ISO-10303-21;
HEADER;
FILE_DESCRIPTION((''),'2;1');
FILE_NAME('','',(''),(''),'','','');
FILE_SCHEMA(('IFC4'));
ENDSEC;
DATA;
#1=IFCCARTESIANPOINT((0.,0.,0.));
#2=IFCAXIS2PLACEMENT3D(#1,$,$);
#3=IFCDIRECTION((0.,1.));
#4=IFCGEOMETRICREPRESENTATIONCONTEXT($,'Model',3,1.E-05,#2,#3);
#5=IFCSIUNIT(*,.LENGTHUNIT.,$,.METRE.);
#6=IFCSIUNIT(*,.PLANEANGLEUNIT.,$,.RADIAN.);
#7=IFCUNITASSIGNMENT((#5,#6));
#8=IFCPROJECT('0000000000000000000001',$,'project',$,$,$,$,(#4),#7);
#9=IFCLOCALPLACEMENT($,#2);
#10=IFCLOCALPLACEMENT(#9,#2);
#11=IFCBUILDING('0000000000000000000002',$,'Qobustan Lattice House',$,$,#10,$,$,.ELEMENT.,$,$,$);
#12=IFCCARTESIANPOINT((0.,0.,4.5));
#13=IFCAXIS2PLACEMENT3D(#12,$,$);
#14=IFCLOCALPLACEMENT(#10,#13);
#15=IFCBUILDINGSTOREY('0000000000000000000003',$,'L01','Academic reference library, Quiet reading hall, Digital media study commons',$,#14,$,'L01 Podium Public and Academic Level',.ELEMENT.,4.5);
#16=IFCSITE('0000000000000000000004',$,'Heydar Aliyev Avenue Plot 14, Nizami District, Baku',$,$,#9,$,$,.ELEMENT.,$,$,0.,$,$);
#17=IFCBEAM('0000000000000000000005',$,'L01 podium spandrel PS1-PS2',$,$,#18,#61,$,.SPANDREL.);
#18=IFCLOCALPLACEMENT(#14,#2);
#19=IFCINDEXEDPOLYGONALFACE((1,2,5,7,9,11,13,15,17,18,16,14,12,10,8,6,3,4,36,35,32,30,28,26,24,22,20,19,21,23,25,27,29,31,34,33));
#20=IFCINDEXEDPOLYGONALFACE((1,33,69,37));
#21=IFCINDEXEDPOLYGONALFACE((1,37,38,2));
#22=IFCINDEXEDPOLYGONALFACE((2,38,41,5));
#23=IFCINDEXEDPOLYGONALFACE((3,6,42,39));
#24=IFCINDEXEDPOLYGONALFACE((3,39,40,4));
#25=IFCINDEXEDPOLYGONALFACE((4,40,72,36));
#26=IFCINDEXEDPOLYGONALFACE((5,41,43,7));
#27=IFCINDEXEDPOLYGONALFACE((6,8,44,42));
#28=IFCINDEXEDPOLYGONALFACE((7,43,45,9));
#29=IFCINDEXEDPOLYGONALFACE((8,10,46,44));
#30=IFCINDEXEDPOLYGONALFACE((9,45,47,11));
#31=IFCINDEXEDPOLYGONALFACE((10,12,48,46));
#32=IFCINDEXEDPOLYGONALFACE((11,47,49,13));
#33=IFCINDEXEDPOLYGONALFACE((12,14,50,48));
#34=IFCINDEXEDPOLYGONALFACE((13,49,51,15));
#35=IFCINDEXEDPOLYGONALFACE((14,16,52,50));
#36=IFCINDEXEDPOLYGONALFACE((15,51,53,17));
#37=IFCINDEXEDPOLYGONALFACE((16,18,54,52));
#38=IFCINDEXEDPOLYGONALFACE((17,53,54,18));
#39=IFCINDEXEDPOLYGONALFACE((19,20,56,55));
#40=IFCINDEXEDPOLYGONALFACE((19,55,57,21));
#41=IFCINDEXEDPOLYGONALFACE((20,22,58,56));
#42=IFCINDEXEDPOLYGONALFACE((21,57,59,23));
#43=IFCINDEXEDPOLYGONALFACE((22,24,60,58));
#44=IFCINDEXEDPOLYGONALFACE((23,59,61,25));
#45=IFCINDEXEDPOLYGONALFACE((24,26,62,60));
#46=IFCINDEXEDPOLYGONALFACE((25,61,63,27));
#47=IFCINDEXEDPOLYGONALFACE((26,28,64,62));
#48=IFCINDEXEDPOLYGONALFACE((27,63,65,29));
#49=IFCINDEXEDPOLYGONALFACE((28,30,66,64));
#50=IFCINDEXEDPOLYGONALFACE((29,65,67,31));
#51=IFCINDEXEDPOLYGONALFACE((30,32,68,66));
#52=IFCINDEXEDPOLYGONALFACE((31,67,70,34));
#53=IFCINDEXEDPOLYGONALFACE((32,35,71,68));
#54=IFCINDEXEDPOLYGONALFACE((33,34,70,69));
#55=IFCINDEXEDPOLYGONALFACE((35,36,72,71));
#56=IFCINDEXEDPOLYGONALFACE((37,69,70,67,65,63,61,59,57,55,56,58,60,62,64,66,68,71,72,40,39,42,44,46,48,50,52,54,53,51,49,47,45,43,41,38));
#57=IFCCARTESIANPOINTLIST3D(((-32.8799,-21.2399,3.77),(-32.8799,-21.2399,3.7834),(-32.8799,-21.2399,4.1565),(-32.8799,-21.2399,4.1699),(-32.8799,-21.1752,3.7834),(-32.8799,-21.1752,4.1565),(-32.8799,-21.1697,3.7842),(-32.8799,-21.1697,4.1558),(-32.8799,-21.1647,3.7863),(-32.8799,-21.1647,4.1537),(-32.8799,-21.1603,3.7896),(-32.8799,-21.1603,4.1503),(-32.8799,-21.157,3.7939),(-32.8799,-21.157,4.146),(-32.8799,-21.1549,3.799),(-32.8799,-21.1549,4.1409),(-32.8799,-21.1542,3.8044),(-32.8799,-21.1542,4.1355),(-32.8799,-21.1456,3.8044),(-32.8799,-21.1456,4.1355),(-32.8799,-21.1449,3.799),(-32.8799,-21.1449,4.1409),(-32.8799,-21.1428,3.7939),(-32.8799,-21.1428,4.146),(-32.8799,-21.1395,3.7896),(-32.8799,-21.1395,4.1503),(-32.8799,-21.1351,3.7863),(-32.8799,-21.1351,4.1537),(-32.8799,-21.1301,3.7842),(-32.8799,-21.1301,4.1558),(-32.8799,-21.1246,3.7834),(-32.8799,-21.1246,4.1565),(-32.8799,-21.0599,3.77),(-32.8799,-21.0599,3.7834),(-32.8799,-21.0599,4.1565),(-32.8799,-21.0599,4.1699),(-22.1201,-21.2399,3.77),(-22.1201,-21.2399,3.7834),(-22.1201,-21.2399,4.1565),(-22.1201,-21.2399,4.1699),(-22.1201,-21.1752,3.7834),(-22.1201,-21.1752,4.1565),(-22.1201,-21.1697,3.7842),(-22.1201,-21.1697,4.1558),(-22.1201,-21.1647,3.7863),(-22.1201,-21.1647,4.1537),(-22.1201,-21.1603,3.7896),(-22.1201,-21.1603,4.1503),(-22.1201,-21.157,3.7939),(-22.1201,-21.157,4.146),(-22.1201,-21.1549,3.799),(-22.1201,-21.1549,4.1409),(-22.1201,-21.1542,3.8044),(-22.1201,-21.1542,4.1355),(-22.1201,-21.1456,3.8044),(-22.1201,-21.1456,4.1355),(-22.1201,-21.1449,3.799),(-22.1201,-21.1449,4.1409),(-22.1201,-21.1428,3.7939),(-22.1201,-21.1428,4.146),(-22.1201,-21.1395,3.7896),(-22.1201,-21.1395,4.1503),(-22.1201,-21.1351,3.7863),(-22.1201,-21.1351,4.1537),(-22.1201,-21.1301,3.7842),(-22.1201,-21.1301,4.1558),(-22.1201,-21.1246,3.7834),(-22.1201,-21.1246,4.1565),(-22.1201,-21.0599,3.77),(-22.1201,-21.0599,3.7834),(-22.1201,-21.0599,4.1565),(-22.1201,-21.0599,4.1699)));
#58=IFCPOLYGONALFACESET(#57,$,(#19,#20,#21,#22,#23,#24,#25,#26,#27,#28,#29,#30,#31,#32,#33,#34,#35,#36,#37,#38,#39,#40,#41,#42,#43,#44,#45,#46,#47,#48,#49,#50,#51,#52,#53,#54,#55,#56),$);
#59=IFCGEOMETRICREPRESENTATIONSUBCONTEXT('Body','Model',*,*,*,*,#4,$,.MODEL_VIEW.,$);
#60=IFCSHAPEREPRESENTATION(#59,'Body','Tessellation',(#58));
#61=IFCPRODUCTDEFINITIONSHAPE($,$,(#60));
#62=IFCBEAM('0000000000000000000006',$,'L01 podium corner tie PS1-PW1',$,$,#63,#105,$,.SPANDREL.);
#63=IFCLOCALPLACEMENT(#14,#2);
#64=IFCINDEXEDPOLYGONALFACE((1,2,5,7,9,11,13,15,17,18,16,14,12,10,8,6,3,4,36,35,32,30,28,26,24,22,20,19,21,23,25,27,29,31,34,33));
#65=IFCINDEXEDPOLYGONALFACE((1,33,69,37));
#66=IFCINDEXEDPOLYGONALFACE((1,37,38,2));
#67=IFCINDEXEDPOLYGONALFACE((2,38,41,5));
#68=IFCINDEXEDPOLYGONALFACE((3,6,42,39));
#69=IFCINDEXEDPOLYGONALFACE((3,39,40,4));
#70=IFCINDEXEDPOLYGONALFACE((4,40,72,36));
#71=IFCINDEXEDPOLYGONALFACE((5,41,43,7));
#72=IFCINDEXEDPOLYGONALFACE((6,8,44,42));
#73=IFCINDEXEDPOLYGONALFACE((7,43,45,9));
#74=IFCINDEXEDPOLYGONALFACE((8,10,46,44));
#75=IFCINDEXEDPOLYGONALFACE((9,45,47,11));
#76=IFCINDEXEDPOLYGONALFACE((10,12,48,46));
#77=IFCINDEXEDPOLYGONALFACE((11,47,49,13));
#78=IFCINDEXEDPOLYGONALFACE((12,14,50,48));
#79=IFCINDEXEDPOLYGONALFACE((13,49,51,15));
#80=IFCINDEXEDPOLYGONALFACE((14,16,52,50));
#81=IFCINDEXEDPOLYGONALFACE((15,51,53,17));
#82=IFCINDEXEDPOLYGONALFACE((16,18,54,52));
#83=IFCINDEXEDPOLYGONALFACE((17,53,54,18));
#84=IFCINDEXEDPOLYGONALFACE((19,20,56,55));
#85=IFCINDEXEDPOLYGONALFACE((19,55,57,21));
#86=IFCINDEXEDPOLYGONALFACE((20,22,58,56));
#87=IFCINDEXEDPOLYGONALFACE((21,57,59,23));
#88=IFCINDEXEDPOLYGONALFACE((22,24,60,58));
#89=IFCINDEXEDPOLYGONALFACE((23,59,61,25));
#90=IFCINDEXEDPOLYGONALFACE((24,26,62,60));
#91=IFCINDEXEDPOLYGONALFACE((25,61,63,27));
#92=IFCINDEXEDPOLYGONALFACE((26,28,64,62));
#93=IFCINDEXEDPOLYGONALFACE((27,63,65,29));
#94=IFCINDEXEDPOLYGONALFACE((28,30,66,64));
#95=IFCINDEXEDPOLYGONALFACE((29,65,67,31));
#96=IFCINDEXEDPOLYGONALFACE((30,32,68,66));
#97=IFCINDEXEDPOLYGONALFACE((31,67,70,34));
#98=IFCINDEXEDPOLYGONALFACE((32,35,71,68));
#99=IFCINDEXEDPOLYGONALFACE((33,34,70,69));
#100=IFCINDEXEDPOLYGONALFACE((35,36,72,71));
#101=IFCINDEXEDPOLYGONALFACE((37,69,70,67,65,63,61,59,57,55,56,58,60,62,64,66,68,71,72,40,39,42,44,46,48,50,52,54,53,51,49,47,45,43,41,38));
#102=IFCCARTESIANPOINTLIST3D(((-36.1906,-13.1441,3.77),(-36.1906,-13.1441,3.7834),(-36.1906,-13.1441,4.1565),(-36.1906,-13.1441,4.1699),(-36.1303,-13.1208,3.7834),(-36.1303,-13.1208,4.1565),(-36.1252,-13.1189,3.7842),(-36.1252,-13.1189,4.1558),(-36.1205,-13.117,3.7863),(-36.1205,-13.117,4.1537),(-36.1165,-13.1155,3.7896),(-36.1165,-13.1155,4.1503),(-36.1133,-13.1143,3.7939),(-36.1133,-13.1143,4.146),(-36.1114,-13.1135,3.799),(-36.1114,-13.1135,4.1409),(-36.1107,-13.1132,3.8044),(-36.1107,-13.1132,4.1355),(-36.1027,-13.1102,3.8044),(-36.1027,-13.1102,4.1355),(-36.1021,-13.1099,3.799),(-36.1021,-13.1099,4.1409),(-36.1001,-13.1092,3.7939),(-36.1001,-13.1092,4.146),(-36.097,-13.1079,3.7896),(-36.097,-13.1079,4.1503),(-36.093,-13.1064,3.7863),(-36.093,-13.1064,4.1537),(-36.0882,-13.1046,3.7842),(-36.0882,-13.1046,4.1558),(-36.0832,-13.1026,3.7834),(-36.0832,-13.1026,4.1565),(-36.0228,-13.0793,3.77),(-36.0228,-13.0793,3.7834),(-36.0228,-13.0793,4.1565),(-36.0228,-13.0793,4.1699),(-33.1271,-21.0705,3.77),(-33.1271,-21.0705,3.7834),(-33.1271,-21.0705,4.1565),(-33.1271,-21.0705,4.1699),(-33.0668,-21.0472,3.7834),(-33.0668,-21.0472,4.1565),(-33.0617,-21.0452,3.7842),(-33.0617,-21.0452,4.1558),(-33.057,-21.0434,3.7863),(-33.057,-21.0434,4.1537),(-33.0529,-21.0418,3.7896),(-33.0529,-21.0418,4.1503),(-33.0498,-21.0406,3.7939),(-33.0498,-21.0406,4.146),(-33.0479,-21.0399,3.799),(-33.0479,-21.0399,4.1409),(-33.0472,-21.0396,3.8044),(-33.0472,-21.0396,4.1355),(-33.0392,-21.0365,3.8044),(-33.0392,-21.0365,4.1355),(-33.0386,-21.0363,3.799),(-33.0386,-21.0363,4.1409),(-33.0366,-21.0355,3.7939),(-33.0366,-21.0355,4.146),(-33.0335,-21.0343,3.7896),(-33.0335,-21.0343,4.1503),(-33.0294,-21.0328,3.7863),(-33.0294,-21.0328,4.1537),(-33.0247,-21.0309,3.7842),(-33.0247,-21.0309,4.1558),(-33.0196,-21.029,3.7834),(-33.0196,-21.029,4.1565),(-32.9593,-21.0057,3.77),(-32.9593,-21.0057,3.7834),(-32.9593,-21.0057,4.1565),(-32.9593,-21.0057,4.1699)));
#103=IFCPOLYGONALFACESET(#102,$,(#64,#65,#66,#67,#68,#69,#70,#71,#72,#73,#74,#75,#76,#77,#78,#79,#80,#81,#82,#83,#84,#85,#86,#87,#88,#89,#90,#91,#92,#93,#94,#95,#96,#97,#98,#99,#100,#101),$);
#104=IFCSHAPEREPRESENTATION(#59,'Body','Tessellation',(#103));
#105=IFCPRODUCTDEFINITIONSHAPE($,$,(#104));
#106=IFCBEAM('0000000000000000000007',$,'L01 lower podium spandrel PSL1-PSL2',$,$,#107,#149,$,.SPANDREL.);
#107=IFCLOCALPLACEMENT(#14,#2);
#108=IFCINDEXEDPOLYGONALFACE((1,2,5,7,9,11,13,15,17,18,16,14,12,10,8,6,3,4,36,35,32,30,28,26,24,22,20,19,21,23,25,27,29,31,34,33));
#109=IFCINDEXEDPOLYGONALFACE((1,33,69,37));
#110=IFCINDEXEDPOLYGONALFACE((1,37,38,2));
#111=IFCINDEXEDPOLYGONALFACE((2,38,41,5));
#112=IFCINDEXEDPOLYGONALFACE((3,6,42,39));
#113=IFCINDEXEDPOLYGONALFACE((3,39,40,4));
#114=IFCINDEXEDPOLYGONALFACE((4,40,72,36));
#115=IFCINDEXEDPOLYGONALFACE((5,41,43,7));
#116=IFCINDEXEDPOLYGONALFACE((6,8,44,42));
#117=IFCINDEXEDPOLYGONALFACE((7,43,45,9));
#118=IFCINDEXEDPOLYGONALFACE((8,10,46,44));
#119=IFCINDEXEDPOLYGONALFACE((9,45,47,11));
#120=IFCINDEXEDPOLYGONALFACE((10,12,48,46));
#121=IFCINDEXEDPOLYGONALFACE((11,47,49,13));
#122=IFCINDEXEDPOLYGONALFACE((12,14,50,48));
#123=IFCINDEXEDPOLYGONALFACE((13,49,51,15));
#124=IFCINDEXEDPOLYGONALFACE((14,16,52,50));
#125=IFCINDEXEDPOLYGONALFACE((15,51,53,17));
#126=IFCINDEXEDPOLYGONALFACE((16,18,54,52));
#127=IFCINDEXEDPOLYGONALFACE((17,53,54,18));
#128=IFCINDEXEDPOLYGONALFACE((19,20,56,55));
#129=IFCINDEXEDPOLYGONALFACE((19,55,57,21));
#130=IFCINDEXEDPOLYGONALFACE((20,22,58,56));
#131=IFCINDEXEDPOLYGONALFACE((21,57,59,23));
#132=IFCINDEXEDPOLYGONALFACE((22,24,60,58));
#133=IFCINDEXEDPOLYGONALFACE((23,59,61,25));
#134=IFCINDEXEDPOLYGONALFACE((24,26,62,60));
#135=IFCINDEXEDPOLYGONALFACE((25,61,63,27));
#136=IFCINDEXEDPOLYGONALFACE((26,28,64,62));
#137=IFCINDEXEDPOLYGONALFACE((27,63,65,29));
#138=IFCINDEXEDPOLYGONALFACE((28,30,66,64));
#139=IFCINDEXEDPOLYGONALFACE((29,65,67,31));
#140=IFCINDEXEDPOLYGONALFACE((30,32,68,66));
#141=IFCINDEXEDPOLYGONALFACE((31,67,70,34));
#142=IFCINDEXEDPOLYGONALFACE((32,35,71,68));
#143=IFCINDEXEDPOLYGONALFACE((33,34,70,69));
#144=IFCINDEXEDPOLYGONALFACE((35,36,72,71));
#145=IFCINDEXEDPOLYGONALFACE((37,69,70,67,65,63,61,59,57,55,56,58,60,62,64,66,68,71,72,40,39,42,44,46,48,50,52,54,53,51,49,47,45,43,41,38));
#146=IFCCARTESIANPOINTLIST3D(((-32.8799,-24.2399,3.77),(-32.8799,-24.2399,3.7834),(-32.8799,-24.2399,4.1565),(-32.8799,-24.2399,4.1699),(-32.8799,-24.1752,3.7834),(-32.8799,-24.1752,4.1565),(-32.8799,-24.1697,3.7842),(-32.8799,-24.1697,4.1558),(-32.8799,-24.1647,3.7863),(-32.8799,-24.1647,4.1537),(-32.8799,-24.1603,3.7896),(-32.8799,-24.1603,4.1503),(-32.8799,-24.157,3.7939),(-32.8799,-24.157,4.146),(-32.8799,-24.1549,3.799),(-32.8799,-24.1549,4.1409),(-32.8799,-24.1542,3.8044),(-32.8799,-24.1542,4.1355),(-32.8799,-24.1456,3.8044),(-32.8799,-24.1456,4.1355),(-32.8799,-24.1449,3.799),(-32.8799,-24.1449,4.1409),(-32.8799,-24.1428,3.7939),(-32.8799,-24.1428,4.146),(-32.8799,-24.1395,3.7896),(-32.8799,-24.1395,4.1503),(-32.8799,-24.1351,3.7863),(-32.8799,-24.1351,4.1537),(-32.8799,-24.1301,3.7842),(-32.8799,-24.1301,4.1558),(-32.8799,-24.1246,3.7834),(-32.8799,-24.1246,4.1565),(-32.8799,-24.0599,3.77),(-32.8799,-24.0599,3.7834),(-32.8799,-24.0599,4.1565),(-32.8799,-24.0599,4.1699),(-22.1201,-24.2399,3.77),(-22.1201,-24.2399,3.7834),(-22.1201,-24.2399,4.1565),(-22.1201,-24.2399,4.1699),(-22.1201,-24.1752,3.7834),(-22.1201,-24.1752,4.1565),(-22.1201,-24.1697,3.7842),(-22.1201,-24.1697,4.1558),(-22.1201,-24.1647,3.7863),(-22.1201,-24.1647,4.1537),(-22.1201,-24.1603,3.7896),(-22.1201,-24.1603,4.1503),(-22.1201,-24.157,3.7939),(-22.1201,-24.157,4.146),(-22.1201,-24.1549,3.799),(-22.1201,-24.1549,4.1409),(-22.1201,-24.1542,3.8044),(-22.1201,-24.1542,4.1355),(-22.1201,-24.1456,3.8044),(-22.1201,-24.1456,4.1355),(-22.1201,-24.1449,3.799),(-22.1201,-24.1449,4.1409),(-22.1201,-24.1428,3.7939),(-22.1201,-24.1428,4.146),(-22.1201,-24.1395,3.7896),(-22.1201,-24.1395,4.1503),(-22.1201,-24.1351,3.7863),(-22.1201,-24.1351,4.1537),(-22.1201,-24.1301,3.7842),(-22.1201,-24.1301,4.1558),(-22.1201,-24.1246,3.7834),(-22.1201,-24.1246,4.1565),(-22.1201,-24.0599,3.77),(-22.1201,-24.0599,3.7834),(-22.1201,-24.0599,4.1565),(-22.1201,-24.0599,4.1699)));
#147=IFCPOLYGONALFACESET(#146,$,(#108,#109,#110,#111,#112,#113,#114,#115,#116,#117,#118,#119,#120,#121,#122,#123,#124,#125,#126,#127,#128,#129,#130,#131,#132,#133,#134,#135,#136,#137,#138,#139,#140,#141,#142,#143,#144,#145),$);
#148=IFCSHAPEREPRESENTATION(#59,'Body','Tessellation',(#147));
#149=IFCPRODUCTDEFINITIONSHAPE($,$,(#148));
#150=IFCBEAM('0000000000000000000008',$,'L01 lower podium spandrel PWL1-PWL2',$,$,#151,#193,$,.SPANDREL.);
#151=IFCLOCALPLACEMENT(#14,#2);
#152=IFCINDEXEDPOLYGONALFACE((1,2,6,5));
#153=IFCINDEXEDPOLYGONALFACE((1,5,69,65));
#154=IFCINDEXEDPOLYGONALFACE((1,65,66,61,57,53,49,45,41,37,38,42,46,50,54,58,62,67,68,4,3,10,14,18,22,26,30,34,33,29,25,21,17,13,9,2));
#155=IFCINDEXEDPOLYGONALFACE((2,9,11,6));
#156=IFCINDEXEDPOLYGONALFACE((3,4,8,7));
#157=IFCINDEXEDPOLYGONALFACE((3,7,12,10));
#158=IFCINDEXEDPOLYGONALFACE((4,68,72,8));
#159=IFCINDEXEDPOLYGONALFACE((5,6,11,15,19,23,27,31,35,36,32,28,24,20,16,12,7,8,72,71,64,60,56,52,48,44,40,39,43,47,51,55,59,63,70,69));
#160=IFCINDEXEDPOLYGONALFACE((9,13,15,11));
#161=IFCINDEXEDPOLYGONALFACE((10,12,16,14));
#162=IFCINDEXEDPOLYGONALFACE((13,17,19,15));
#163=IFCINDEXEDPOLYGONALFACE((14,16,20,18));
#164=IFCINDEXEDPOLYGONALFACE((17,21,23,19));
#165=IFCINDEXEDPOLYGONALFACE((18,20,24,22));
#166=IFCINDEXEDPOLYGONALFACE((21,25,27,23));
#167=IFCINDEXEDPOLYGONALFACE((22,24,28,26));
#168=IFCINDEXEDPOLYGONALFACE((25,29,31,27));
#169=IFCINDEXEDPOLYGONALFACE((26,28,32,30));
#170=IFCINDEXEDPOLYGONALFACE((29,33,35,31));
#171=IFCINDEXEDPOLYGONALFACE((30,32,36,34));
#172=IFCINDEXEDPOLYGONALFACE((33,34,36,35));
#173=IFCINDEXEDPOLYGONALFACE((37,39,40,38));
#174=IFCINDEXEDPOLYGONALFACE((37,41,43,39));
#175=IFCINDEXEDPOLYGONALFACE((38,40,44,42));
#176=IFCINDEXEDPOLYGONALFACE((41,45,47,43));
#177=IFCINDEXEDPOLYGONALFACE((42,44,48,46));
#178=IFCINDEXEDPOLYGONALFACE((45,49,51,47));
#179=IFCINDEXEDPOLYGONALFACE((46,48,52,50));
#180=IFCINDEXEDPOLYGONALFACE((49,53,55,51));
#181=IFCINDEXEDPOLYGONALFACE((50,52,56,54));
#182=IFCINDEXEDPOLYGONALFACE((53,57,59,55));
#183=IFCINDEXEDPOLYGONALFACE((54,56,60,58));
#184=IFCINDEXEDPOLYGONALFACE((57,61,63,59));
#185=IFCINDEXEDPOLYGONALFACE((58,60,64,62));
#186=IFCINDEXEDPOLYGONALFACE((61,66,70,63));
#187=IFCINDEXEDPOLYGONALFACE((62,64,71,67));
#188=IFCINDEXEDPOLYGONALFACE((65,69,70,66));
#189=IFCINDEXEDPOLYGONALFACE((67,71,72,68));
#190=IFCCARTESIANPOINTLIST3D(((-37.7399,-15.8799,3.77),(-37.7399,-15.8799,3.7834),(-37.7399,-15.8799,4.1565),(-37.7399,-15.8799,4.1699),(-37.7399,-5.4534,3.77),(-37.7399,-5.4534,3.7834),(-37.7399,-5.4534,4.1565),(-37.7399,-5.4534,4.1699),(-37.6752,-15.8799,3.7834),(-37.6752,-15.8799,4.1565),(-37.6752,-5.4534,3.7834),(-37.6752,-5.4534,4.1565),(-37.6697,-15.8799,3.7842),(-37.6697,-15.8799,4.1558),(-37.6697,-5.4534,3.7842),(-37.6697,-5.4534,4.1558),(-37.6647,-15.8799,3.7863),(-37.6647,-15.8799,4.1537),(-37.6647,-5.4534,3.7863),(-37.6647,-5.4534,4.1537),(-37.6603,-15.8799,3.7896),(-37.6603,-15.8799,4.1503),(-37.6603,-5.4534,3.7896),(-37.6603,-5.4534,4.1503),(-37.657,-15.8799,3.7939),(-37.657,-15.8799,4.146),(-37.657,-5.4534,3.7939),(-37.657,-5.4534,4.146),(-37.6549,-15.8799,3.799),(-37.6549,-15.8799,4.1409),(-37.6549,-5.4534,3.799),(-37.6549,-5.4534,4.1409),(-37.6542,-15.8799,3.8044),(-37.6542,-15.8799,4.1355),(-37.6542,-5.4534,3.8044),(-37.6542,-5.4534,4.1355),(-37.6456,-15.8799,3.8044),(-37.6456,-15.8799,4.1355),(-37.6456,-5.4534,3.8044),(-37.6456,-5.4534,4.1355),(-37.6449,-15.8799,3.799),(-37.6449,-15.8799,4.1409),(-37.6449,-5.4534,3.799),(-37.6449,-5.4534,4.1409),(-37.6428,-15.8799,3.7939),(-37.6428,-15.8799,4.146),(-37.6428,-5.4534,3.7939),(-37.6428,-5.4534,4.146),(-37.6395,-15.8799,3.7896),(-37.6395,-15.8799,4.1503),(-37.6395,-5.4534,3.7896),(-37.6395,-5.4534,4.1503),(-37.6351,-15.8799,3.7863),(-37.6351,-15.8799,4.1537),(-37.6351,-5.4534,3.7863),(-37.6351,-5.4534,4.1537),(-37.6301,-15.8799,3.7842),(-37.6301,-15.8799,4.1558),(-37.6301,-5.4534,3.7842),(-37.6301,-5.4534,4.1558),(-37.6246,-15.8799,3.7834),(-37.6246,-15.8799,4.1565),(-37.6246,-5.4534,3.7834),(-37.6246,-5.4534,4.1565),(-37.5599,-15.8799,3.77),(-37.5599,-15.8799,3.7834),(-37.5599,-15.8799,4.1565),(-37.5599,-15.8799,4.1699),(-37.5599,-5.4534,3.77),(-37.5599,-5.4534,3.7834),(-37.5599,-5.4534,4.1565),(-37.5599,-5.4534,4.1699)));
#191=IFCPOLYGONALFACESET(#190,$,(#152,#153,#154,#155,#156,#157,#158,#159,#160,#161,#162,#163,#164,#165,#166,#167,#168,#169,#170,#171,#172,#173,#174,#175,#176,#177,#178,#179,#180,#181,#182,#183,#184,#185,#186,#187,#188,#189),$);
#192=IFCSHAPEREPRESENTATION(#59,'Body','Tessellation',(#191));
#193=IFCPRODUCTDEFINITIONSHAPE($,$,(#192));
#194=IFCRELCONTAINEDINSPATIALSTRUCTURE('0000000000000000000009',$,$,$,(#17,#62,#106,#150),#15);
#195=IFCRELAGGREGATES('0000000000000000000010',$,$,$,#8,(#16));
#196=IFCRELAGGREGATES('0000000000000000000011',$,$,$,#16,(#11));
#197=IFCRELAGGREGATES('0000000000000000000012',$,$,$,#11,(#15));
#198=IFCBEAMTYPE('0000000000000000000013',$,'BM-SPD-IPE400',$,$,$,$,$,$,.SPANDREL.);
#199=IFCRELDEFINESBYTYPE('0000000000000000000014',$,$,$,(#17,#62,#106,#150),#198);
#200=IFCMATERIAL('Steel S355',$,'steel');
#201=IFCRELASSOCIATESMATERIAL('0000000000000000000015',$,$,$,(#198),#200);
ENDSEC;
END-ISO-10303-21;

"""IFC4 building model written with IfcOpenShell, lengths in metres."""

from ifc_helpers import new_model, si_unit, direction, frame, origin, origin_2d, place, context, subcontext, project, spatial, i_section, extrude, material, material_profile, profile_set, type_object, element, save


model = new_model("IFC4")

# Units and contexts
model_context = context("Model", 3, precision=1e-05, world=origin(), true_north=direction((0.0, 1.0)))
body_context = subcontext(model_context, "Body", "Model", "MODEL_VIEW")
ifc_project = project(units=[si_unit("LENGTHUNIT", "METRE"), si_unit("PLANEANGLEUNIT", "RADIAN")], contexts=[model_context])

# Site, building, storey
site_placement = place(None, origin())
site = spatial("IfcSite", under=ifc_project, at=site_placement, Name="Heydar Aliyev Avenue Plot 14, Nizami District, Baku", CompositionType="ELEMENT", RefElevation=0.0)
building_placement = place(site_placement, origin())
building = spatial("IfcBuilding", under=site, at=building_placement, Name="Qobustan Lattice House", CompositionType="ELEMENT")
storey_placement = place(building_placement, frame((0.0, 0.0, 4.5)))
storey = spatial("IfcBuildingStorey", under=building, at=storey_placement, Name="L01", Description="Academic reference library, Quiet reading hall, Digital media study commons", LongName="L01 Podium Public and Academic Level", CompositionType="ELEMENT", Elevation=4.5)

# Beams
ifc_material_1 = material(Name="Steel S355", Category="steel")
ifc_material_profile_1 = material_profile(ifc_material_1, i_section(OverallWidth=0.1799, OverallDepth=0.3999, WebThickness=0.0085, FlangeThickness=0.0134, FilletRadius=0.021, at=origin_2d()), Name="IPE400")
ifc_profile_set_1 = profile_set([ifc_material_profile_1], Name="Steel S355")
beam_type_1 = type_object("IfcBeamType", Name="BM-SPD-IPE400", PredefinedType="SPANDREL", material=ifc_profile_set_1)
beam_1_placement = place(storey_placement, frame((-32.8799, -21.1499, 3.97), z_axis=(1.0, 0.0, 0.0), x_axis=(0.0, 1.0, 0.0)))
element("IfcBeam", 1, at=beam_1_placement, inside=storey, type_object=beam_type_1, Name="L01 podium spandrel PS1-PS2", PredefinedType="SPANDREL", context=body_context, shape_type="SweptSolid", body=[
    extrude(i_section(OverallWidth=0.1799, OverallDepth=0.3999, WebThickness=0.0085, FlangeThickness=0.0134, FilletRadius=0.021, at=origin_2d()), origin(), (0.0, 0.0, 1.0), 10.7598),
])
beam_2_placement = place(storey_placement, frame((-33.0432, -21.0381, 3.97), z_axis=(-0.360507, 0.932756, 0.0), x_axis=(-0.932756, -0.360507, 0.0)))
element("IfcBeam", 2, at=beam_2_placement, inside=storey, type_object=beam_type_1, Name="L01 podium corner tie PS1-PW1", PredefinedType="SPANDREL", context=body_context, shape_type="SweptSolid", body=[
    extrude(i_section(OverallWidth=0.1799, OverallDepth=0.3999, WebThickness=0.0085, FlangeThickness=0.0134, FilletRadius=0.021, at=origin_2d()), origin(), (0.0, 0.0, 1.0), 8.4978),
])
beam_3_placement = place(storey_placement, frame((-32.8799, -24.1499, 3.97), z_axis=(1.0, 0.0, 0.0), x_axis=(0.0, 1.0, 0.0)))
element("IfcBeam", 3, at=beam_3_placement, inside=storey, type_object=beam_type_1, Name="L01 lower podium spandrel PSL1-PSL2", PredefinedType="SPANDREL", context=body_context, shape_type="SweptSolid", body=[
    extrude(i_section(OverallWidth=0.1799, OverallDepth=0.3999, WebThickness=0.0085, FlangeThickness=0.0134, FilletRadius=0.021, at=origin_2d()), origin(), (0.0, 0.0, 1.0), 10.7598),
])
beam_4_placement = place(storey_placement, frame((-37.6499, -15.8799, 3.97), z_axis=(0.0, 1.0, 0.0), x_axis=(-1.0, 0.0, 0.0)))
element("IfcBeam", 4, at=beam_4_placement, inside=storey, type_object=beam_type_1, Name="L01 lower podium spandrel PWL1-PWL2", PredefinedType="SPANDREL", context=body_context, shape_type="SweptSolid", body=[
    extrude(i_section(OverallWidth=0.1799, OverallDepth=0.3999, WebThickness=0.0085, FlangeThickness=0.0134, FilletRadius=0.021, at=origin_2d()), origin(), (0.0, 0.0, 1.0), 10.4265),
])

save(model, "model.ifc")
